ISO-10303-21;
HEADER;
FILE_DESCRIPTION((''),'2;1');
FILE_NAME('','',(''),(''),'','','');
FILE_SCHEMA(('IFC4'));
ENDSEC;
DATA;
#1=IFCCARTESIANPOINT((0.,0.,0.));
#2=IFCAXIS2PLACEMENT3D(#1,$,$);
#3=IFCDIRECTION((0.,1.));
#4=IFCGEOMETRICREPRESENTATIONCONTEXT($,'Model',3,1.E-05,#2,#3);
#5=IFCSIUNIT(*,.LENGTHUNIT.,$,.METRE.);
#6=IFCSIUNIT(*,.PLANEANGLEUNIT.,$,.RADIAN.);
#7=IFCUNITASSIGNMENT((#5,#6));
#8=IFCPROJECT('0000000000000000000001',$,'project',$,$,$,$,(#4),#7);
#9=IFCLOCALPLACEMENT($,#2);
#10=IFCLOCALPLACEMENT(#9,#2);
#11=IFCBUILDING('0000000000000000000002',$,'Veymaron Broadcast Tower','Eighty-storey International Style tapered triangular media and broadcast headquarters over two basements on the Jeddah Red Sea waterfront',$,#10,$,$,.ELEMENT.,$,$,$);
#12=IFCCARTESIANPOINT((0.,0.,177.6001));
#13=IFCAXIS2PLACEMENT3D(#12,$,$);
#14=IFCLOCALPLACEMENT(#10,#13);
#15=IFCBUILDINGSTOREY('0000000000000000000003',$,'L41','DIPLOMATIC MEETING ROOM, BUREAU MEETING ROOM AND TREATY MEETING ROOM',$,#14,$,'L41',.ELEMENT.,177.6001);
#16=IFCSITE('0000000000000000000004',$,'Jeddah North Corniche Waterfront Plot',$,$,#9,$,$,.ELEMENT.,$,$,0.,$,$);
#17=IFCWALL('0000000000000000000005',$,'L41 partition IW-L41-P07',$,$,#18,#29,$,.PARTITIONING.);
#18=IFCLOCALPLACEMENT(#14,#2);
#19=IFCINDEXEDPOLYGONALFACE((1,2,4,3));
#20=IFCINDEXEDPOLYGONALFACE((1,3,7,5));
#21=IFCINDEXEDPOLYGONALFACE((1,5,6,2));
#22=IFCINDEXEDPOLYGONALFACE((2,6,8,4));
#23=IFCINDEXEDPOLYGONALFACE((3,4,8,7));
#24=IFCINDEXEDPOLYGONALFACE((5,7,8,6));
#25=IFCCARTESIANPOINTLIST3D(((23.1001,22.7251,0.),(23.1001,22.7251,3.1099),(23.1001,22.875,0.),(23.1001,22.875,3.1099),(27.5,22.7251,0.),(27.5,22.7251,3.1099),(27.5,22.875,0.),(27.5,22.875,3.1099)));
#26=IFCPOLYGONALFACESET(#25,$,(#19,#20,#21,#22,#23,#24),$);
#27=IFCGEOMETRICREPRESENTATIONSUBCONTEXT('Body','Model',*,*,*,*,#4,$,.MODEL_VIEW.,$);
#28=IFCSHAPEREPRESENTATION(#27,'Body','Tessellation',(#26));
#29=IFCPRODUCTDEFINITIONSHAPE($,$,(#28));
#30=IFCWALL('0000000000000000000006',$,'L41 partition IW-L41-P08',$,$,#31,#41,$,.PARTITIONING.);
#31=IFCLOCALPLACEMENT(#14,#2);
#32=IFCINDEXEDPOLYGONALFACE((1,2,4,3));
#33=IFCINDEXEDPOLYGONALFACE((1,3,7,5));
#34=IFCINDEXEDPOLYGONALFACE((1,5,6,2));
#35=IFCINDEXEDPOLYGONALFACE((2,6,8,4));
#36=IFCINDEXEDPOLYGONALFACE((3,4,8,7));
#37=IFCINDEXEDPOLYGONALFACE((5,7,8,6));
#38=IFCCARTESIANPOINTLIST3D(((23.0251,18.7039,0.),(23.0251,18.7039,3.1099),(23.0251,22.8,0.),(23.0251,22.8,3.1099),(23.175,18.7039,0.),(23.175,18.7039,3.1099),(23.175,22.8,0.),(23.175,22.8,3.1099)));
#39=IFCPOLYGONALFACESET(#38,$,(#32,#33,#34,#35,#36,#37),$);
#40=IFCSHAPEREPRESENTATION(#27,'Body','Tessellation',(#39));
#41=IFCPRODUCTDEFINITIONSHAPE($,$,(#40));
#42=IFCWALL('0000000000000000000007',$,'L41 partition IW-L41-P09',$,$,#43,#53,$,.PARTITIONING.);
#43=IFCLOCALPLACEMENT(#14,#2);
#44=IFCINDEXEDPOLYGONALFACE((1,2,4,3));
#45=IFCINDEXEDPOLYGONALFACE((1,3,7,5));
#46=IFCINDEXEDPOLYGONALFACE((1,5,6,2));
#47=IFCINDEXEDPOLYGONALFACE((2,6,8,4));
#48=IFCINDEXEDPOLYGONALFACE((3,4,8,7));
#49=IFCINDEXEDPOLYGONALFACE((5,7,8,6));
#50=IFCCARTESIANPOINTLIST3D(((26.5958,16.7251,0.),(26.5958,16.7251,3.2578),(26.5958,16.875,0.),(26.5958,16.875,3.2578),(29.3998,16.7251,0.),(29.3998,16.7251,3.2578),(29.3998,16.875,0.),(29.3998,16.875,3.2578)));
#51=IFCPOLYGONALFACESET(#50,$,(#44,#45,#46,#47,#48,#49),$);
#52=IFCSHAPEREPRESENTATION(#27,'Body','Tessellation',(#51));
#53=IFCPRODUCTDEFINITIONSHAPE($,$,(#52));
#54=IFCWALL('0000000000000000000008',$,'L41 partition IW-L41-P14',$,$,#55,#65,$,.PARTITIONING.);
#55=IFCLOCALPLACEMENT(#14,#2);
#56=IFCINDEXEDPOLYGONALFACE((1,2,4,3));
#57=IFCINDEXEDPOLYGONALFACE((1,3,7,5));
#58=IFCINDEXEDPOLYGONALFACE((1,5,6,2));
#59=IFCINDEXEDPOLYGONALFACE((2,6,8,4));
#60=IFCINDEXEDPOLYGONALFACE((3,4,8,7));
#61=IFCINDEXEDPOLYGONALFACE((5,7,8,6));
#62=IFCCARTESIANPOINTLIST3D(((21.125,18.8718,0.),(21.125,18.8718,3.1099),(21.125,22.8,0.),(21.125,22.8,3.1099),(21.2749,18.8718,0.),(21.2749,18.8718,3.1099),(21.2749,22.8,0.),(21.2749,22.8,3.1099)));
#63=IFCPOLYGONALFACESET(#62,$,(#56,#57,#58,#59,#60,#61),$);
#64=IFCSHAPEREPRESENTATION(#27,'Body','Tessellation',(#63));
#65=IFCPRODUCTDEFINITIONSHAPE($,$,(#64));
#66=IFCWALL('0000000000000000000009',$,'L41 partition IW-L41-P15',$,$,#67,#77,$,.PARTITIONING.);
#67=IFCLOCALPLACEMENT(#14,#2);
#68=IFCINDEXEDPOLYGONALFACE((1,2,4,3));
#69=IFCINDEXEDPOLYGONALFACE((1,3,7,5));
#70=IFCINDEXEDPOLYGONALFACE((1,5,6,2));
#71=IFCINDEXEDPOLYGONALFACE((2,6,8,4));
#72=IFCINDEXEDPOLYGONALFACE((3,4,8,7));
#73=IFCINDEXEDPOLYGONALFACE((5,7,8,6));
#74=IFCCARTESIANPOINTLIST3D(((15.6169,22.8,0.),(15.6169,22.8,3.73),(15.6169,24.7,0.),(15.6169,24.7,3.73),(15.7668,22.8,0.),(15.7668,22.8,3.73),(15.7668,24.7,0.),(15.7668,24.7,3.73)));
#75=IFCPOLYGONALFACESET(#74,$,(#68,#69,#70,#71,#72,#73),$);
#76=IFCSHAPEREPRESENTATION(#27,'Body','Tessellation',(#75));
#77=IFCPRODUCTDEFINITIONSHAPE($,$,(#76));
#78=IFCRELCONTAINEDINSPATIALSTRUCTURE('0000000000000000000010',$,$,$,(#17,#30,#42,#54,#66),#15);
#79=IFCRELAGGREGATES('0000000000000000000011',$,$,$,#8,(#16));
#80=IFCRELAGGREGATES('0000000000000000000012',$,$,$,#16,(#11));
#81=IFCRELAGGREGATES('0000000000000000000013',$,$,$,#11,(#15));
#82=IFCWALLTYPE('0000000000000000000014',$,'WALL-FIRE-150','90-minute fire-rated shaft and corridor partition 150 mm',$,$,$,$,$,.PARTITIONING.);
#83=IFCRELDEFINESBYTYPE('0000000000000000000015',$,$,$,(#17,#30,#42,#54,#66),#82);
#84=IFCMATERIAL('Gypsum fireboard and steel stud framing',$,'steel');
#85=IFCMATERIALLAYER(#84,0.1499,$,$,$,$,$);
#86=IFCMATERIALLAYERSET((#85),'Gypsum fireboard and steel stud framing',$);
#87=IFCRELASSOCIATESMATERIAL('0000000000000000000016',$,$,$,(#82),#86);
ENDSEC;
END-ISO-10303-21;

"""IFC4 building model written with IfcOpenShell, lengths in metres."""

from ifc_helpers import new_model, si_unit, direction, frame, frame_2d, origin, place, context, subcontext, project, spatial, rectangle, extrude, material, layer, layer_set, type_object, element, save


model = new_model("IFC4")

# Units and contexts
model_context = context("Model", 3, precision=1e-05, world=origin(), true_north=direction((0.0, 1.0)))
body_context = subcontext(model_context, "Body", "Model", "MODEL_VIEW")
ifc_project = project(units=[si_unit("LENGTHUNIT", "METRE"), si_unit("PLANEANGLEUNIT", "RADIAN")], contexts=[model_context])

# Site, building, storey
site_placement = place(None, origin())
site = spatial("IfcSite", under=ifc_project, at=site_placement, Name="Jeddah North Corniche Waterfront Plot", CompositionType="ELEMENT", RefElevation=0.0)
building_placement = place(site_placement, origin())
building = spatial("IfcBuilding", under=site, at=building_placement, Name="Veymaron Broadcast Tower", Description="Eighty-storey International Style tapered triangular media and broadcast headquarters over two basements on the Jeddah Red Sea waterfront", CompositionType="ELEMENT")
storey_placement = place(building_placement, frame((0.0, 0.0, 177.6001)))
storey = spatial("IfcBuildingStorey", under=building, at=storey_placement, Name="L41", Description="DIPLOMATIC MEETING ROOM, BUREAU MEETING ROOM AND TREATY MEETING ROOM", LongName="L41", CompositionType="ELEMENT", Elevation=177.6001)

# Shared definitions
ifc_material_1 = material(Name="Gypsum fireboard and steel stud framing", Category="steel")
ifc_layer_1 = layer(ifc_material_1, 0.1499)
ifc_layer_set_1 = layer_set([ifc_layer_1], Name="Gypsum fireboard and steel stud framing")
wall_type_1 = type_object("IfcWallType", Name="WALL-FIRE-150", Description="90-minute fire-rated shaft and corridor partition 150 mm", PredefinedType="PARTITIONING", material=ifc_layer_set_1)

# Walls
wall_1_placement = place(storey_placement, frame((23.1001, 22.8, 0.0), z_axis=(0.0, 0.0, 1.0), x_axis=(1.0, 0.0, 0.0)))
element("IfcWall", 1, at=wall_1_placement, inside=storey, type_object=wall_type_1, Name="L41 partition IW-L41-P07", PredefinedType="PARTITIONING", context=body_context, shape_type="SweptSolid", body=[
    extrude(rectangle(XDim=4.3999, YDim=0.1499, at=frame_2d((2.2, 0.0))), origin(), (0.0, 0.0, 1.0), 3.1099),
])
wall_2_placement = place(storey_placement, frame((23.1001, 18.7039, 0.0), z_axis=(0.0, 0.0, 1.0), x_axis=(0.0, 1.0, 0.0)))
element("IfcWall", 2, at=wall_2_placement, inside=storey, type_object=wall_type_1, Name="L41 partition IW-L41-P08", PredefinedType="PARTITIONING", context=body_context, shape_type="SweptSolid", body=[
    extrude(rectangle(XDim=4.0962, YDim=0.1499, at=frame_2d((2.0481, 0.0))), origin(), (0.0, 0.0, 1.0), 3.1099),
])
wall_3_placement = place(storey_placement, frame((26.5959, 16.8, 0.0), z_axis=(0.0, 0.0, 1.0), x_axis=(1.0, 0.0, 0.0)))
element("IfcWall", 3, at=wall_3_placement, inside=storey, type_object=wall_type_1, Name="L41 partition IW-L41-P09", PredefinedType="PARTITIONING", context=body_context, shape_type="SweptSolid", body=[
    extrude(rectangle(XDim=2.804, YDim=0.1499, at=frame_2d((1.4019, 0.0))), origin(), (0.0, 0.0, 1.0), 3.2578),
])
wall_4_placement = place(storey_placement, frame((21.2, 18.8718, 0.0), z_axis=(0.0, 0.0, 1.0), x_axis=(0.0, 1.0, 0.0)))
element("IfcWall", 4, at=wall_4_placement, inside=storey, type_object=wall_type_1, Name="L41 partition IW-L41-P14", PredefinedType="PARTITIONING", context=body_context, shape_type="SweptSolid", body=[
    extrude(rectangle(XDim=3.9282, YDim=0.1499, at=frame_2d((1.9641, 0.0))), origin(), (0.0, 0.0, 1.0), 3.1099),
])
wall_5_placement = place(storey_placement, frame((15.6919, 22.8, 0.0), z_axis=(0.0, 0.0, 1.0), x_axis=(0.0, 1.0, 0.0)))
element("IfcWall", 5, at=wall_5_placement, inside=storey, type_object=wall_type_1, Name="L41 partition IW-L41-P15", PredefinedType="PARTITIONING", context=body_context, shape_type="SweptSolid", body=[
    extrude(rectangle(XDim=1.8999, YDim=0.1499, at=frame_2d((0.95, 0.0))), origin(), (0.0, 0.0, 1.0), 3.73),
])

save(model, "model.ifc")
